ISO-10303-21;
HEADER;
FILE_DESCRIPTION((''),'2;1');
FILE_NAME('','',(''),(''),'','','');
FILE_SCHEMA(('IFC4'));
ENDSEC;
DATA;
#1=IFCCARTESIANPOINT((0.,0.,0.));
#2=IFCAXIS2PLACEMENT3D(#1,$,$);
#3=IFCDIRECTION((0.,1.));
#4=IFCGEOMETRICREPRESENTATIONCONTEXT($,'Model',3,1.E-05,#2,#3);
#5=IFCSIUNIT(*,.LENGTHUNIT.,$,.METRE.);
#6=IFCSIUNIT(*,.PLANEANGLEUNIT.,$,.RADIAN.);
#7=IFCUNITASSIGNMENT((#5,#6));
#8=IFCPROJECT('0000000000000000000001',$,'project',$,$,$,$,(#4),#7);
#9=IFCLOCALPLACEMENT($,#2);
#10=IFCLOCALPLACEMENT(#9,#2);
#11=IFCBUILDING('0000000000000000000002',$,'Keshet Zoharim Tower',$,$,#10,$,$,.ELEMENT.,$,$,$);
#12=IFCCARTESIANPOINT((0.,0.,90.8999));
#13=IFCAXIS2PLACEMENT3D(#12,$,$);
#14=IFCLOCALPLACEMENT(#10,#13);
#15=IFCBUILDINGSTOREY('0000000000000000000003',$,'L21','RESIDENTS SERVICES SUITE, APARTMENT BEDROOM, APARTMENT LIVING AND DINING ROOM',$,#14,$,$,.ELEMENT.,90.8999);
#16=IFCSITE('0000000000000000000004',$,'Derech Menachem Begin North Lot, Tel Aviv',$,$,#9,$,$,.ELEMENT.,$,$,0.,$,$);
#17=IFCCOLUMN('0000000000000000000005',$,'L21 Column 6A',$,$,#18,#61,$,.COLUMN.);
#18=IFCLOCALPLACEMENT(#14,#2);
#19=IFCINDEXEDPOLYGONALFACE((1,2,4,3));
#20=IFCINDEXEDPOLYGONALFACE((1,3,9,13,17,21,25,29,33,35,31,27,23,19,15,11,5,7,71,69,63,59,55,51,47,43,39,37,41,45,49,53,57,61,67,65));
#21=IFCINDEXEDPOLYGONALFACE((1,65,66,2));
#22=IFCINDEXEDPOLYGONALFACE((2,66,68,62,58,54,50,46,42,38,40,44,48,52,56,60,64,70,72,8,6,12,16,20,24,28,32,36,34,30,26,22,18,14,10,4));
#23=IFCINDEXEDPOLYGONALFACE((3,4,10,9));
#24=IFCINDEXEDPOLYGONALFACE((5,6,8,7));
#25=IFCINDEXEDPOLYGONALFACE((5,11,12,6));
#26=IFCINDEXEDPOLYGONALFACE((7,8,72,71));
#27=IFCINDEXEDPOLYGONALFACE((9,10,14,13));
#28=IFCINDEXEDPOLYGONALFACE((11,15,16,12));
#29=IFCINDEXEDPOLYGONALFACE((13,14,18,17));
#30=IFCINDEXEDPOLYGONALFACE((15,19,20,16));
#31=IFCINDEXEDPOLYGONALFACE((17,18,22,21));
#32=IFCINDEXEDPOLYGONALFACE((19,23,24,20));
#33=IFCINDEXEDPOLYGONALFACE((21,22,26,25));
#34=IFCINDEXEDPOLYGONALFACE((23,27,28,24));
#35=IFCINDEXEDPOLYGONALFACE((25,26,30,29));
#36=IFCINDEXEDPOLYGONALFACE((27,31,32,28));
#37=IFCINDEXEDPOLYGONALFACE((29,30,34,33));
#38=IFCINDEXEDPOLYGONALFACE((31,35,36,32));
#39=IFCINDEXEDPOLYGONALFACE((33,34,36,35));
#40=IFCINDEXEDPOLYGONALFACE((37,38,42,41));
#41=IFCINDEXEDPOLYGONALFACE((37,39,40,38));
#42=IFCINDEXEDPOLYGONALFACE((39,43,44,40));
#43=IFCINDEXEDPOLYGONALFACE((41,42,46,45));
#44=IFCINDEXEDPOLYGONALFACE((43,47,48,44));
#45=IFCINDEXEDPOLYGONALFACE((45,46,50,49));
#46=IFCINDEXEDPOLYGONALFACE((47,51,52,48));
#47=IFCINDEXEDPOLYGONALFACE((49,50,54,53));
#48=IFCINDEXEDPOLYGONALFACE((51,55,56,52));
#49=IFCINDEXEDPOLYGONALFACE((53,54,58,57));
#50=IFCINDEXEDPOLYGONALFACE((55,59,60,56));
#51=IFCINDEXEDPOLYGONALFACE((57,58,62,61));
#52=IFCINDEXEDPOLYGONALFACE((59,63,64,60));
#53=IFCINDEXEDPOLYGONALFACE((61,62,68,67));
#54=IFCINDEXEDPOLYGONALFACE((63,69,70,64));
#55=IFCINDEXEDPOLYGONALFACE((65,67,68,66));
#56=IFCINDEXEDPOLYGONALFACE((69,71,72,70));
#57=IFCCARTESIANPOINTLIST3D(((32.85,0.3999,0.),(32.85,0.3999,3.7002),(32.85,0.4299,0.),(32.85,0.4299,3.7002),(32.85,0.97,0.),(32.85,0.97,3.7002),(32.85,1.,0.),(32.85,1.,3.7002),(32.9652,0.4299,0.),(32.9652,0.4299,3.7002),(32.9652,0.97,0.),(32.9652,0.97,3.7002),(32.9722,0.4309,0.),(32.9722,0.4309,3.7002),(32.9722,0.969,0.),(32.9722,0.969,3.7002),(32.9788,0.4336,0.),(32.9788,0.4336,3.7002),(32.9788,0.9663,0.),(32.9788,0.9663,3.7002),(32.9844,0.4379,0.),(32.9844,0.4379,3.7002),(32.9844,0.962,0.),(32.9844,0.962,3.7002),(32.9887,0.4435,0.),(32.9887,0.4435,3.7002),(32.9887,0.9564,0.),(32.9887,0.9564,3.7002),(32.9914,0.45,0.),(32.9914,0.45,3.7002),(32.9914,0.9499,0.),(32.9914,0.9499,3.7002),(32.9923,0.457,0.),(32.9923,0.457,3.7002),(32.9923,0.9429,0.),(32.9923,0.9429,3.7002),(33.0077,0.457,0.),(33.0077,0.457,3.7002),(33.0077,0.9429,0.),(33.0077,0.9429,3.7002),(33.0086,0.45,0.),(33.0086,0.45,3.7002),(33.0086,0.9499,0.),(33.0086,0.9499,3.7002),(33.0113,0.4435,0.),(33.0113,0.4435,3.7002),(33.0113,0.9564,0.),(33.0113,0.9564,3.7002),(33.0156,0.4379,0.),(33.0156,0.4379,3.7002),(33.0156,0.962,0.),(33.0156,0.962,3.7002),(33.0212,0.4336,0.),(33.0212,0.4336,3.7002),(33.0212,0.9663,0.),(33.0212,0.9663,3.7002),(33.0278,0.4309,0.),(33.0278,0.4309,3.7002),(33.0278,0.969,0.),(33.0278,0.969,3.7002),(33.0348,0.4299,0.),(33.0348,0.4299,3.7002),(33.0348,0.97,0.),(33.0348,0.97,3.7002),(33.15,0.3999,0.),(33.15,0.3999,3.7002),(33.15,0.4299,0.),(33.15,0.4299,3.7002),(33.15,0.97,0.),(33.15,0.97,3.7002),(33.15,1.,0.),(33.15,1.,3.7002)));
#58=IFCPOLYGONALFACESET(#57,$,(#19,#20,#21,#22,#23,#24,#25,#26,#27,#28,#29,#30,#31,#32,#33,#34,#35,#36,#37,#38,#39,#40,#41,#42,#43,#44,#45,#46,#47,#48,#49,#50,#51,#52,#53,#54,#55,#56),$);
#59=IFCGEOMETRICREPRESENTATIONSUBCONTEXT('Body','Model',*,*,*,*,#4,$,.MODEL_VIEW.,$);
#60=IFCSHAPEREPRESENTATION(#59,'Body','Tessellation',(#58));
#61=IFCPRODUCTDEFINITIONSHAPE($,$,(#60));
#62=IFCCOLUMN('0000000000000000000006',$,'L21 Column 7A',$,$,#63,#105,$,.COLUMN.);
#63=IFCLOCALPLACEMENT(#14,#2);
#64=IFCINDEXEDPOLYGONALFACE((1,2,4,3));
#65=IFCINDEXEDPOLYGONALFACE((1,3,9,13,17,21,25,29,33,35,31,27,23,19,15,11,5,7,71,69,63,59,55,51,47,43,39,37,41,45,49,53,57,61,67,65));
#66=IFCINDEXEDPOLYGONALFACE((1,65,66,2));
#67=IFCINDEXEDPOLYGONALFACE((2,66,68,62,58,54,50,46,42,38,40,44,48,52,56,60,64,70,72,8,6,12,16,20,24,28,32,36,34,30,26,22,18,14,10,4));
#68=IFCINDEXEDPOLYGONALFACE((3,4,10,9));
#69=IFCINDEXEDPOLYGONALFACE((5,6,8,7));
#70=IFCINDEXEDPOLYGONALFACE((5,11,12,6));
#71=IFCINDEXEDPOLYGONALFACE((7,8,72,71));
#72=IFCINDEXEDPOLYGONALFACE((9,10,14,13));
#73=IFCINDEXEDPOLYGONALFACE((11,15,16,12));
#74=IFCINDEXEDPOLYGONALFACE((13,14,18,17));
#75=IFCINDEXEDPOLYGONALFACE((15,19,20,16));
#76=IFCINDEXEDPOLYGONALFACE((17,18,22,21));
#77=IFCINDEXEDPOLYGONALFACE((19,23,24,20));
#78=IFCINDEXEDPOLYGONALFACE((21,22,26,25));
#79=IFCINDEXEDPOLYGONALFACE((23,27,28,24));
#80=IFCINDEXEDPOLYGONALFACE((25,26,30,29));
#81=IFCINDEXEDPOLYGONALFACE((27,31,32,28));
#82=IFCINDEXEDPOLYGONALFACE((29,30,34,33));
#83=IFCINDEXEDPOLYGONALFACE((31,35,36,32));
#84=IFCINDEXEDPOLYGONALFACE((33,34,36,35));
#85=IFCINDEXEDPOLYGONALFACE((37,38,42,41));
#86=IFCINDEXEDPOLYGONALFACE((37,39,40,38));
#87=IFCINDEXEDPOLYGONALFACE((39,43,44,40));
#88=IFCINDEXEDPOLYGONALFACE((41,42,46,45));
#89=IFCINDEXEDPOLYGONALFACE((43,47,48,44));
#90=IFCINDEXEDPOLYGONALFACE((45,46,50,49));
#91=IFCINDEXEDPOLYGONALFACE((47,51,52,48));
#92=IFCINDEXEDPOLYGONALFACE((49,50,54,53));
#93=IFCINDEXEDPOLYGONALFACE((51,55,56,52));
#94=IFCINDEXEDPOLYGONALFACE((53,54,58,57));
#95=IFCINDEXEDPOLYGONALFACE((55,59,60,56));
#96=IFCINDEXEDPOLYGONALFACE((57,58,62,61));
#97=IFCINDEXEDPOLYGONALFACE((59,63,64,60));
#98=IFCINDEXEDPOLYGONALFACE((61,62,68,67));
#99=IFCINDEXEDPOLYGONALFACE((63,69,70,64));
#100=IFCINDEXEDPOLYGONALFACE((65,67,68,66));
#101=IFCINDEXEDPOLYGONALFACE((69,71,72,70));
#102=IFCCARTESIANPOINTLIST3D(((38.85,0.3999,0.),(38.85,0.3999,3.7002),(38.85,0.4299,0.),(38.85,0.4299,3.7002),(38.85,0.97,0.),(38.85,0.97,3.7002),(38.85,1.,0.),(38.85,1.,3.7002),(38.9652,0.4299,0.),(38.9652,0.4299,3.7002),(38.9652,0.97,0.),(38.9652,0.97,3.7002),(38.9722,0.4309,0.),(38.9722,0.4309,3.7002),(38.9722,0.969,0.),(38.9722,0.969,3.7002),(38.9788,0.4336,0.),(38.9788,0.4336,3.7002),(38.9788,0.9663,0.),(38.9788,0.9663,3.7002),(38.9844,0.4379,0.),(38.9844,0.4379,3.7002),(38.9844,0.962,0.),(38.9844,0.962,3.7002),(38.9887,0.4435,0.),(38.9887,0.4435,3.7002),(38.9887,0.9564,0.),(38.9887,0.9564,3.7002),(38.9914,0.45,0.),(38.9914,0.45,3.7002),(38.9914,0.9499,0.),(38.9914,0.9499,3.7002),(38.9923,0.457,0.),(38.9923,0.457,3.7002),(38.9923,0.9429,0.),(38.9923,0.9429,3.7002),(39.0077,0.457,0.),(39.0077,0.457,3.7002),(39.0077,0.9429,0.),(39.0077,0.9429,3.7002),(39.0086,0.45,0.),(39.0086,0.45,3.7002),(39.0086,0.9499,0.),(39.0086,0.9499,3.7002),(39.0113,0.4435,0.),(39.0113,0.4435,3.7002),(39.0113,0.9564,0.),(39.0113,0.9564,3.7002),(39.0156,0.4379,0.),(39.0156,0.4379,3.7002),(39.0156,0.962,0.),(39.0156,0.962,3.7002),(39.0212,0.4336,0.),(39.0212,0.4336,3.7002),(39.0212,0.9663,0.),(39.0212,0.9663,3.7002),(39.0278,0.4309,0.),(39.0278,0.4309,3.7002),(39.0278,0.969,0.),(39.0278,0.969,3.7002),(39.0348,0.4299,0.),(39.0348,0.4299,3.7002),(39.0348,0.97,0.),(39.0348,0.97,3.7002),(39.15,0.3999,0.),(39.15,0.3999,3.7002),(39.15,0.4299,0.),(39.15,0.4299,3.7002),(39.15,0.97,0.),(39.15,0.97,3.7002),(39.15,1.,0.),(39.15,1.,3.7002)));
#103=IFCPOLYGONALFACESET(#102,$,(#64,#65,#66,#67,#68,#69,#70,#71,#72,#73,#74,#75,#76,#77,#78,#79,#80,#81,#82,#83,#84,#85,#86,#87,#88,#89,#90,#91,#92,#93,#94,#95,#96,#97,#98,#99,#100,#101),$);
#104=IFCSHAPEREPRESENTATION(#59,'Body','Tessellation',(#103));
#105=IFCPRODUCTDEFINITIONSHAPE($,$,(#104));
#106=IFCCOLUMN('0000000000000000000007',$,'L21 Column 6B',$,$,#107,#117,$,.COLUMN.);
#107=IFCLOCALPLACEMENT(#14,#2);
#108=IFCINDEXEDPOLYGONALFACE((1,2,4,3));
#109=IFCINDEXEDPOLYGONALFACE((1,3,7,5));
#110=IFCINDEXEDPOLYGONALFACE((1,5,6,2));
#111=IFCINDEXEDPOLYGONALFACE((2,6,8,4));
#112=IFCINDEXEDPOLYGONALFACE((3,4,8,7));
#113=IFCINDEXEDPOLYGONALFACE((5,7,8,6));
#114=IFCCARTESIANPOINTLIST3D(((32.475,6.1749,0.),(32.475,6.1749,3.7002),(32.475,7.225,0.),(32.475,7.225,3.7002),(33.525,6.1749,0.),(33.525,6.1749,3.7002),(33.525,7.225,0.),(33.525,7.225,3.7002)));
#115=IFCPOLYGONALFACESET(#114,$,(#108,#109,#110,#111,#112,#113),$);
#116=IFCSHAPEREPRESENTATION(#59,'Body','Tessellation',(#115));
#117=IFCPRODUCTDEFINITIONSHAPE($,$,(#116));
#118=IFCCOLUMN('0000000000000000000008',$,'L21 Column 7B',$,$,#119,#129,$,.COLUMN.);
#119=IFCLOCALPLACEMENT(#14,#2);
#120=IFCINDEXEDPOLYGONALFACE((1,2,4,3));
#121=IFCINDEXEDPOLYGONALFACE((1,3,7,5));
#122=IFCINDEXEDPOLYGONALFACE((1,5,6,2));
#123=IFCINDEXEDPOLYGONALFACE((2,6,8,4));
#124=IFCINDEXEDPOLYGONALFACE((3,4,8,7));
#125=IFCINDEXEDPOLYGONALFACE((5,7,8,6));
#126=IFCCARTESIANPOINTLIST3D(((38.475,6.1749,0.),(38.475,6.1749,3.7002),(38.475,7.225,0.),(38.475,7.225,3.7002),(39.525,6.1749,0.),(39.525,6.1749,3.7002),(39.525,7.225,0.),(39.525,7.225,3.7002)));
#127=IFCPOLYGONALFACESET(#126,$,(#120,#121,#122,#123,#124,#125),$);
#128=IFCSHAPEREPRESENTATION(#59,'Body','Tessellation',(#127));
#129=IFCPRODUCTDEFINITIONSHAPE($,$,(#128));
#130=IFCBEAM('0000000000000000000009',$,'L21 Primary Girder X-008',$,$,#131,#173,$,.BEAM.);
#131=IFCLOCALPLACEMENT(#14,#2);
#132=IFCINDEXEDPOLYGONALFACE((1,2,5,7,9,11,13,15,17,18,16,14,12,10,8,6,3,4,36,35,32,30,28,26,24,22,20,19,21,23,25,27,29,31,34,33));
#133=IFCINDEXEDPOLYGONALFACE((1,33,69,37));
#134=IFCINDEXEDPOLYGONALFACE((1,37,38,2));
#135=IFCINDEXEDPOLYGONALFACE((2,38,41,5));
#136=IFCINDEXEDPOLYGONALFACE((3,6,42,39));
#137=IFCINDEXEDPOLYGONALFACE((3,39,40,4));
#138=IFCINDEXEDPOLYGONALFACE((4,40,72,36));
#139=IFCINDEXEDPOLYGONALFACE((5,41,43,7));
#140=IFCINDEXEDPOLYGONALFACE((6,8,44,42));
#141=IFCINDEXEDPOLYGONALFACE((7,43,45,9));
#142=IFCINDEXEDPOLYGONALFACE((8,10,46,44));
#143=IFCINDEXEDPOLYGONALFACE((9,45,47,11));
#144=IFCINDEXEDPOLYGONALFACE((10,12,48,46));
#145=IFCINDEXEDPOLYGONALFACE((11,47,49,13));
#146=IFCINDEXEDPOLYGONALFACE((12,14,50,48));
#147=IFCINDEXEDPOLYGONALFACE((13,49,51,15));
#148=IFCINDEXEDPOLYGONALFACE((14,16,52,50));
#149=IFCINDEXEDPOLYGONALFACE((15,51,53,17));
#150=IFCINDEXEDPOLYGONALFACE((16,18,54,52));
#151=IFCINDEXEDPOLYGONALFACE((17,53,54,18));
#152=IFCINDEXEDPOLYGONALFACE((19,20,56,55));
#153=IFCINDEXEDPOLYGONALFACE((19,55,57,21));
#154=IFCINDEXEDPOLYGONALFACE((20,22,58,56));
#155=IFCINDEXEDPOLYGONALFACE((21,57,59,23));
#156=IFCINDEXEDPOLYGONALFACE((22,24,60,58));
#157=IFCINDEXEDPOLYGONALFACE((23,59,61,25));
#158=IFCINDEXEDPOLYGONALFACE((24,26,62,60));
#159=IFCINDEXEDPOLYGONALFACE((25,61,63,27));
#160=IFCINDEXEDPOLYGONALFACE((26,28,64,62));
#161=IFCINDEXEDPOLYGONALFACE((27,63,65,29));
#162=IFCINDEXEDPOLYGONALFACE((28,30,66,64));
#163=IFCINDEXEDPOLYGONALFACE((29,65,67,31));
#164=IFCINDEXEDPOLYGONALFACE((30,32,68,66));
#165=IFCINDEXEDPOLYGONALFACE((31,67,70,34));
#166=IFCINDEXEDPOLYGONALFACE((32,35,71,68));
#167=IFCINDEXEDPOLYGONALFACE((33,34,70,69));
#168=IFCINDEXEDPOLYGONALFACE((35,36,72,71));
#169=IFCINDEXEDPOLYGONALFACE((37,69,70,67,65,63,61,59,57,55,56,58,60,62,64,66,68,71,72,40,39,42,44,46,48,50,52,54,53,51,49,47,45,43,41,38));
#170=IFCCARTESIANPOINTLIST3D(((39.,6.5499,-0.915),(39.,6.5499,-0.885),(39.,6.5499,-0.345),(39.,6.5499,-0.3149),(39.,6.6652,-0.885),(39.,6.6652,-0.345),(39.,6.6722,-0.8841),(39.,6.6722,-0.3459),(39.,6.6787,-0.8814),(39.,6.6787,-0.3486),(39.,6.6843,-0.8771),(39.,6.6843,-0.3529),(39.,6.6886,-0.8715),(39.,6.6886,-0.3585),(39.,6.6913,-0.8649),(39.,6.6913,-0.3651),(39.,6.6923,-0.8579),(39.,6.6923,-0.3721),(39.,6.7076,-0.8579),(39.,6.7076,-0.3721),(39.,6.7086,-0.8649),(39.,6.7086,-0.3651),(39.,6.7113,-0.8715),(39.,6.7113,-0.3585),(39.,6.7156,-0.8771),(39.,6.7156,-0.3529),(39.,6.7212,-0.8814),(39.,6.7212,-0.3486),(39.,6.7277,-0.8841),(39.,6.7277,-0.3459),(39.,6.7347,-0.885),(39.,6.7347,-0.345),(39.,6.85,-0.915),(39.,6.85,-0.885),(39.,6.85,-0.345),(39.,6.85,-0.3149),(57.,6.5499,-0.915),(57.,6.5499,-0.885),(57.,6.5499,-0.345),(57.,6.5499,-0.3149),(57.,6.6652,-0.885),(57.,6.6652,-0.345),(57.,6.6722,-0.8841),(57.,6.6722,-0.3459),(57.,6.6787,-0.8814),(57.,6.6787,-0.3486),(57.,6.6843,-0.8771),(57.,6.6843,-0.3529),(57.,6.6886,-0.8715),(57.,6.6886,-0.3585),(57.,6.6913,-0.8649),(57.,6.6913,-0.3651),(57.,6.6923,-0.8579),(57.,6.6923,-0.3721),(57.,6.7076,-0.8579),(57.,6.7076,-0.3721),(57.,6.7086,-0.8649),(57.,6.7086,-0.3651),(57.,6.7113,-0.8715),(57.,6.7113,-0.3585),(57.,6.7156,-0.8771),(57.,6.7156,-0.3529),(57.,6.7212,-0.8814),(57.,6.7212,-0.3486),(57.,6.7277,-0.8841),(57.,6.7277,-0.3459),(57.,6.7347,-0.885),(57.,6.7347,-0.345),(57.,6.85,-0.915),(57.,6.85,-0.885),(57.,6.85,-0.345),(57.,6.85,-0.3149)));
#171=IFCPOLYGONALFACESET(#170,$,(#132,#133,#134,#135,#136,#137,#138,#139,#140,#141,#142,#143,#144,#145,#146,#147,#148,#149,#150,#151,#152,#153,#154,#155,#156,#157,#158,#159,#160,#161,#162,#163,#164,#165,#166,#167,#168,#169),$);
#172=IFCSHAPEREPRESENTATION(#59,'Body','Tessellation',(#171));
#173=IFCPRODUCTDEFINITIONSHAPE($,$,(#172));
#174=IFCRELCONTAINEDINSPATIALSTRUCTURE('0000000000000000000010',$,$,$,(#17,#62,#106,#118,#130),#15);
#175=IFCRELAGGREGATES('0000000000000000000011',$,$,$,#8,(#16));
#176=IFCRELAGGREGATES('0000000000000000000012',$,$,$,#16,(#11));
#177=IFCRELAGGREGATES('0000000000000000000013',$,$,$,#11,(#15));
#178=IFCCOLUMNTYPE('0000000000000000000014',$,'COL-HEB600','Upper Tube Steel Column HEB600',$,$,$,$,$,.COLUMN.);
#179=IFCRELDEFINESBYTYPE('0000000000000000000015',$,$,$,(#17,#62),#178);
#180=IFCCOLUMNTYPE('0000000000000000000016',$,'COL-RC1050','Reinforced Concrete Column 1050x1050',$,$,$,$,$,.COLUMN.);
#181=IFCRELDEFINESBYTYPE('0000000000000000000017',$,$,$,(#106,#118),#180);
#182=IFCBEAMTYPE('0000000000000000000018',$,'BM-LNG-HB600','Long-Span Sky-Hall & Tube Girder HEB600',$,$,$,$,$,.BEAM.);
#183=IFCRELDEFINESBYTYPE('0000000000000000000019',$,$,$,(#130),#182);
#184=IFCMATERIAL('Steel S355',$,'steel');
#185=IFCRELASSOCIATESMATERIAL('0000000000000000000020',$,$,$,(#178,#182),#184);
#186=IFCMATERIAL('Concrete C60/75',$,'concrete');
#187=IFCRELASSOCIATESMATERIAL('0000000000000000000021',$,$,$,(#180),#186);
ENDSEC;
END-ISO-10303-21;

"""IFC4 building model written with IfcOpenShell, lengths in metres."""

from ifc_helpers import new_model, si_unit, direction, frame, origin, origin_2d, place, context, subcontext, project, spatial, rectangle, i_section, extrude, material, material_profile, profile_set, type_object, element, save


model = new_model("IFC4")

# Units and contexts
model_context = context("Model", 3, precision=1e-05, world=origin(), true_north=direction((0.0, 1.0)))
body_context = subcontext(model_context, "Body", "Model", "MODEL_VIEW")
ifc_project = project(units=[si_unit("LENGTHUNIT", "METRE"), si_unit("PLANEANGLEUNIT", "RADIAN")], contexts=[model_context])

# Site, building, storey
site_placement = place(None, origin())
site = spatial("IfcSite", under=ifc_project, at=site_placement, Name="Derech Menachem Begin North Lot, Tel Aviv", CompositionType="ELEMENT", RefElevation=0.0)
building_placement = place(site_placement, origin())
building = spatial("IfcBuilding", under=site, at=building_placement, Name="Keshet Zoharim Tower", CompositionType="ELEMENT")
storey_placement = place(building_placement, frame((0.0, 0.0, 90.8999)))
storey = spatial("IfcBuildingStorey", under=building, at=storey_placement, Name="L21", Description="RESIDENTS SERVICES SUITE, APARTMENT BEDROOM, APARTMENT LIVING AND DINING ROOM", CompositionType="ELEMENT", Elevation=90.8999)

# Columns
ifc_material_1 = material(Name="Steel S355", Category="steel")
ifc_material_profile_1 = material_profile(ifc_material_1, i_section(OverallWidth=0.3, OverallDepth=0.6001, WebThickness=0.0154, FlangeThickness=0.03, FilletRadius=0.0271, at=origin_2d()), Name="HEB600")
ifc_profile_set_1 = profile_set([ifc_material_profile_1], Name="Steel S355")
column_type_1 = type_object("IfcColumnType", Name="COL-HEB600", Description="Upper Tube Steel Column HEB600", PredefinedType="COLUMN", material=ifc_profile_set_1)
for number, where, z_axis, x_axis, name in (
    (1, (33.0, 0.7, 0.0), (0.0, 0.0, 1.0), (1.0, 0.0, 0.0), "L21 Column 6A"),
    (2, (39.0, 0.7, 0.0), (0.0, 0.0, 1.0), (1.0, 0.0, 0.0), "L21 Column 7A"),
):
    element("IfcColumn", number, at=place(storey_placement, frame(where, z_axis=z_axis, x_axis=x_axis)), inside=storey, type_object=column_type_1, Name=name, PredefinedType="COLUMN", context=body_context, shape_type="SweptSolid", body=[
        extrude(i_section(OverallWidth=0.3, OverallDepth=0.6001, WebThickness=0.0154, FlangeThickness=0.03, FilletRadius=0.0271, at=origin_2d()), origin(), (0.0, 0.0, 1.0), 3.7002),
    ])
ifc_material_2 = material(Name="Concrete C60/75", Category="concrete")
ifc_material_profile_2 = material_profile(ifc_material_2, rectangle(XDim=1.05, YDim=1.05, at=origin_2d()), Name="RC1050x1050")
ifc_profile_set_2 = profile_set([ifc_material_profile_2], Name="Concrete C60/75")
column_type_2 = type_object("IfcColumnType", Name="COL-RC1050", Description="Reinforced Concrete Column 1050x1050", PredefinedType="COLUMN", material=ifc_profile_set_2)
for number, where, z_axis, x_axis, name in (
    (3, (33.0, 6.7, 0.0), (0.0, 0.0, 1.0), (1.0, 0.0, 0.0), "L21 Column 6B"),
    (4, (39.0, 6.7, 0.0), (0.0, 0.0, 1.0), (1.0, 0.0, 0.0), "L21 Column 7B"),
):
    element("IfcColumn", number, at=place(storey_placement, frame(where, z_axis=z_axis, x_axis=x_axis)), inside=storey, type_object=column_type_2, Name=name, PredefinedType="COLUMN", context=body_context, shape_type="SweptSolid", body=[
        extrude(rectangle(XDim=1.05, YDim=1.05, at=origin_2d()), origin(), (0.0, 0.0, 1.0), 3.7002),
    ])

# Beam
ifc_material_profile_3 = material_profile(ifc_material_1, i_section(OverallWidth=0.3, OverallDepth=0.6001, WebThickness=0.0154, FlangeThickness=0.03, FilletRadius=0.0271, at=origin_2d()), Name="HEB600")
ifc_profile_set_3 = profile_set([ifc_material_profile_3], Name="Steel S355")
beam_type_1 = type_object("IfcBeamType", Name="BM-LNG-HB600", Description="Long-Span Sky-Hall & Tube Girder HEB600", PredefinedType="BEAM", material=ifc_profile_set_3)
beam_placement = place(storey_placement, frame((39.0, 6.7, -0.615), z_axis=(1.0, 0.0, 0.0), x_axis=(0.0, 1.0, 0.0)))
element("IfcBeam", 5, at=beam_placement, inside=storey, type_object=beam_type_1, Name="L21 Primary Girder X-008", PredefinedType="BEAM", context=body_context, shape_type="SweptSolid", body=[
    extrude(i_section(OverallWidth=0.3, OverallDepth=0.6001, WebThickness=0.0154, FlangeThickness=0.03, FilletRadius=0.0271, at=origin_2d()), origin(), (0.0, 0.0, 1.0), 18.0),
])

save(model, "model.ifc")
